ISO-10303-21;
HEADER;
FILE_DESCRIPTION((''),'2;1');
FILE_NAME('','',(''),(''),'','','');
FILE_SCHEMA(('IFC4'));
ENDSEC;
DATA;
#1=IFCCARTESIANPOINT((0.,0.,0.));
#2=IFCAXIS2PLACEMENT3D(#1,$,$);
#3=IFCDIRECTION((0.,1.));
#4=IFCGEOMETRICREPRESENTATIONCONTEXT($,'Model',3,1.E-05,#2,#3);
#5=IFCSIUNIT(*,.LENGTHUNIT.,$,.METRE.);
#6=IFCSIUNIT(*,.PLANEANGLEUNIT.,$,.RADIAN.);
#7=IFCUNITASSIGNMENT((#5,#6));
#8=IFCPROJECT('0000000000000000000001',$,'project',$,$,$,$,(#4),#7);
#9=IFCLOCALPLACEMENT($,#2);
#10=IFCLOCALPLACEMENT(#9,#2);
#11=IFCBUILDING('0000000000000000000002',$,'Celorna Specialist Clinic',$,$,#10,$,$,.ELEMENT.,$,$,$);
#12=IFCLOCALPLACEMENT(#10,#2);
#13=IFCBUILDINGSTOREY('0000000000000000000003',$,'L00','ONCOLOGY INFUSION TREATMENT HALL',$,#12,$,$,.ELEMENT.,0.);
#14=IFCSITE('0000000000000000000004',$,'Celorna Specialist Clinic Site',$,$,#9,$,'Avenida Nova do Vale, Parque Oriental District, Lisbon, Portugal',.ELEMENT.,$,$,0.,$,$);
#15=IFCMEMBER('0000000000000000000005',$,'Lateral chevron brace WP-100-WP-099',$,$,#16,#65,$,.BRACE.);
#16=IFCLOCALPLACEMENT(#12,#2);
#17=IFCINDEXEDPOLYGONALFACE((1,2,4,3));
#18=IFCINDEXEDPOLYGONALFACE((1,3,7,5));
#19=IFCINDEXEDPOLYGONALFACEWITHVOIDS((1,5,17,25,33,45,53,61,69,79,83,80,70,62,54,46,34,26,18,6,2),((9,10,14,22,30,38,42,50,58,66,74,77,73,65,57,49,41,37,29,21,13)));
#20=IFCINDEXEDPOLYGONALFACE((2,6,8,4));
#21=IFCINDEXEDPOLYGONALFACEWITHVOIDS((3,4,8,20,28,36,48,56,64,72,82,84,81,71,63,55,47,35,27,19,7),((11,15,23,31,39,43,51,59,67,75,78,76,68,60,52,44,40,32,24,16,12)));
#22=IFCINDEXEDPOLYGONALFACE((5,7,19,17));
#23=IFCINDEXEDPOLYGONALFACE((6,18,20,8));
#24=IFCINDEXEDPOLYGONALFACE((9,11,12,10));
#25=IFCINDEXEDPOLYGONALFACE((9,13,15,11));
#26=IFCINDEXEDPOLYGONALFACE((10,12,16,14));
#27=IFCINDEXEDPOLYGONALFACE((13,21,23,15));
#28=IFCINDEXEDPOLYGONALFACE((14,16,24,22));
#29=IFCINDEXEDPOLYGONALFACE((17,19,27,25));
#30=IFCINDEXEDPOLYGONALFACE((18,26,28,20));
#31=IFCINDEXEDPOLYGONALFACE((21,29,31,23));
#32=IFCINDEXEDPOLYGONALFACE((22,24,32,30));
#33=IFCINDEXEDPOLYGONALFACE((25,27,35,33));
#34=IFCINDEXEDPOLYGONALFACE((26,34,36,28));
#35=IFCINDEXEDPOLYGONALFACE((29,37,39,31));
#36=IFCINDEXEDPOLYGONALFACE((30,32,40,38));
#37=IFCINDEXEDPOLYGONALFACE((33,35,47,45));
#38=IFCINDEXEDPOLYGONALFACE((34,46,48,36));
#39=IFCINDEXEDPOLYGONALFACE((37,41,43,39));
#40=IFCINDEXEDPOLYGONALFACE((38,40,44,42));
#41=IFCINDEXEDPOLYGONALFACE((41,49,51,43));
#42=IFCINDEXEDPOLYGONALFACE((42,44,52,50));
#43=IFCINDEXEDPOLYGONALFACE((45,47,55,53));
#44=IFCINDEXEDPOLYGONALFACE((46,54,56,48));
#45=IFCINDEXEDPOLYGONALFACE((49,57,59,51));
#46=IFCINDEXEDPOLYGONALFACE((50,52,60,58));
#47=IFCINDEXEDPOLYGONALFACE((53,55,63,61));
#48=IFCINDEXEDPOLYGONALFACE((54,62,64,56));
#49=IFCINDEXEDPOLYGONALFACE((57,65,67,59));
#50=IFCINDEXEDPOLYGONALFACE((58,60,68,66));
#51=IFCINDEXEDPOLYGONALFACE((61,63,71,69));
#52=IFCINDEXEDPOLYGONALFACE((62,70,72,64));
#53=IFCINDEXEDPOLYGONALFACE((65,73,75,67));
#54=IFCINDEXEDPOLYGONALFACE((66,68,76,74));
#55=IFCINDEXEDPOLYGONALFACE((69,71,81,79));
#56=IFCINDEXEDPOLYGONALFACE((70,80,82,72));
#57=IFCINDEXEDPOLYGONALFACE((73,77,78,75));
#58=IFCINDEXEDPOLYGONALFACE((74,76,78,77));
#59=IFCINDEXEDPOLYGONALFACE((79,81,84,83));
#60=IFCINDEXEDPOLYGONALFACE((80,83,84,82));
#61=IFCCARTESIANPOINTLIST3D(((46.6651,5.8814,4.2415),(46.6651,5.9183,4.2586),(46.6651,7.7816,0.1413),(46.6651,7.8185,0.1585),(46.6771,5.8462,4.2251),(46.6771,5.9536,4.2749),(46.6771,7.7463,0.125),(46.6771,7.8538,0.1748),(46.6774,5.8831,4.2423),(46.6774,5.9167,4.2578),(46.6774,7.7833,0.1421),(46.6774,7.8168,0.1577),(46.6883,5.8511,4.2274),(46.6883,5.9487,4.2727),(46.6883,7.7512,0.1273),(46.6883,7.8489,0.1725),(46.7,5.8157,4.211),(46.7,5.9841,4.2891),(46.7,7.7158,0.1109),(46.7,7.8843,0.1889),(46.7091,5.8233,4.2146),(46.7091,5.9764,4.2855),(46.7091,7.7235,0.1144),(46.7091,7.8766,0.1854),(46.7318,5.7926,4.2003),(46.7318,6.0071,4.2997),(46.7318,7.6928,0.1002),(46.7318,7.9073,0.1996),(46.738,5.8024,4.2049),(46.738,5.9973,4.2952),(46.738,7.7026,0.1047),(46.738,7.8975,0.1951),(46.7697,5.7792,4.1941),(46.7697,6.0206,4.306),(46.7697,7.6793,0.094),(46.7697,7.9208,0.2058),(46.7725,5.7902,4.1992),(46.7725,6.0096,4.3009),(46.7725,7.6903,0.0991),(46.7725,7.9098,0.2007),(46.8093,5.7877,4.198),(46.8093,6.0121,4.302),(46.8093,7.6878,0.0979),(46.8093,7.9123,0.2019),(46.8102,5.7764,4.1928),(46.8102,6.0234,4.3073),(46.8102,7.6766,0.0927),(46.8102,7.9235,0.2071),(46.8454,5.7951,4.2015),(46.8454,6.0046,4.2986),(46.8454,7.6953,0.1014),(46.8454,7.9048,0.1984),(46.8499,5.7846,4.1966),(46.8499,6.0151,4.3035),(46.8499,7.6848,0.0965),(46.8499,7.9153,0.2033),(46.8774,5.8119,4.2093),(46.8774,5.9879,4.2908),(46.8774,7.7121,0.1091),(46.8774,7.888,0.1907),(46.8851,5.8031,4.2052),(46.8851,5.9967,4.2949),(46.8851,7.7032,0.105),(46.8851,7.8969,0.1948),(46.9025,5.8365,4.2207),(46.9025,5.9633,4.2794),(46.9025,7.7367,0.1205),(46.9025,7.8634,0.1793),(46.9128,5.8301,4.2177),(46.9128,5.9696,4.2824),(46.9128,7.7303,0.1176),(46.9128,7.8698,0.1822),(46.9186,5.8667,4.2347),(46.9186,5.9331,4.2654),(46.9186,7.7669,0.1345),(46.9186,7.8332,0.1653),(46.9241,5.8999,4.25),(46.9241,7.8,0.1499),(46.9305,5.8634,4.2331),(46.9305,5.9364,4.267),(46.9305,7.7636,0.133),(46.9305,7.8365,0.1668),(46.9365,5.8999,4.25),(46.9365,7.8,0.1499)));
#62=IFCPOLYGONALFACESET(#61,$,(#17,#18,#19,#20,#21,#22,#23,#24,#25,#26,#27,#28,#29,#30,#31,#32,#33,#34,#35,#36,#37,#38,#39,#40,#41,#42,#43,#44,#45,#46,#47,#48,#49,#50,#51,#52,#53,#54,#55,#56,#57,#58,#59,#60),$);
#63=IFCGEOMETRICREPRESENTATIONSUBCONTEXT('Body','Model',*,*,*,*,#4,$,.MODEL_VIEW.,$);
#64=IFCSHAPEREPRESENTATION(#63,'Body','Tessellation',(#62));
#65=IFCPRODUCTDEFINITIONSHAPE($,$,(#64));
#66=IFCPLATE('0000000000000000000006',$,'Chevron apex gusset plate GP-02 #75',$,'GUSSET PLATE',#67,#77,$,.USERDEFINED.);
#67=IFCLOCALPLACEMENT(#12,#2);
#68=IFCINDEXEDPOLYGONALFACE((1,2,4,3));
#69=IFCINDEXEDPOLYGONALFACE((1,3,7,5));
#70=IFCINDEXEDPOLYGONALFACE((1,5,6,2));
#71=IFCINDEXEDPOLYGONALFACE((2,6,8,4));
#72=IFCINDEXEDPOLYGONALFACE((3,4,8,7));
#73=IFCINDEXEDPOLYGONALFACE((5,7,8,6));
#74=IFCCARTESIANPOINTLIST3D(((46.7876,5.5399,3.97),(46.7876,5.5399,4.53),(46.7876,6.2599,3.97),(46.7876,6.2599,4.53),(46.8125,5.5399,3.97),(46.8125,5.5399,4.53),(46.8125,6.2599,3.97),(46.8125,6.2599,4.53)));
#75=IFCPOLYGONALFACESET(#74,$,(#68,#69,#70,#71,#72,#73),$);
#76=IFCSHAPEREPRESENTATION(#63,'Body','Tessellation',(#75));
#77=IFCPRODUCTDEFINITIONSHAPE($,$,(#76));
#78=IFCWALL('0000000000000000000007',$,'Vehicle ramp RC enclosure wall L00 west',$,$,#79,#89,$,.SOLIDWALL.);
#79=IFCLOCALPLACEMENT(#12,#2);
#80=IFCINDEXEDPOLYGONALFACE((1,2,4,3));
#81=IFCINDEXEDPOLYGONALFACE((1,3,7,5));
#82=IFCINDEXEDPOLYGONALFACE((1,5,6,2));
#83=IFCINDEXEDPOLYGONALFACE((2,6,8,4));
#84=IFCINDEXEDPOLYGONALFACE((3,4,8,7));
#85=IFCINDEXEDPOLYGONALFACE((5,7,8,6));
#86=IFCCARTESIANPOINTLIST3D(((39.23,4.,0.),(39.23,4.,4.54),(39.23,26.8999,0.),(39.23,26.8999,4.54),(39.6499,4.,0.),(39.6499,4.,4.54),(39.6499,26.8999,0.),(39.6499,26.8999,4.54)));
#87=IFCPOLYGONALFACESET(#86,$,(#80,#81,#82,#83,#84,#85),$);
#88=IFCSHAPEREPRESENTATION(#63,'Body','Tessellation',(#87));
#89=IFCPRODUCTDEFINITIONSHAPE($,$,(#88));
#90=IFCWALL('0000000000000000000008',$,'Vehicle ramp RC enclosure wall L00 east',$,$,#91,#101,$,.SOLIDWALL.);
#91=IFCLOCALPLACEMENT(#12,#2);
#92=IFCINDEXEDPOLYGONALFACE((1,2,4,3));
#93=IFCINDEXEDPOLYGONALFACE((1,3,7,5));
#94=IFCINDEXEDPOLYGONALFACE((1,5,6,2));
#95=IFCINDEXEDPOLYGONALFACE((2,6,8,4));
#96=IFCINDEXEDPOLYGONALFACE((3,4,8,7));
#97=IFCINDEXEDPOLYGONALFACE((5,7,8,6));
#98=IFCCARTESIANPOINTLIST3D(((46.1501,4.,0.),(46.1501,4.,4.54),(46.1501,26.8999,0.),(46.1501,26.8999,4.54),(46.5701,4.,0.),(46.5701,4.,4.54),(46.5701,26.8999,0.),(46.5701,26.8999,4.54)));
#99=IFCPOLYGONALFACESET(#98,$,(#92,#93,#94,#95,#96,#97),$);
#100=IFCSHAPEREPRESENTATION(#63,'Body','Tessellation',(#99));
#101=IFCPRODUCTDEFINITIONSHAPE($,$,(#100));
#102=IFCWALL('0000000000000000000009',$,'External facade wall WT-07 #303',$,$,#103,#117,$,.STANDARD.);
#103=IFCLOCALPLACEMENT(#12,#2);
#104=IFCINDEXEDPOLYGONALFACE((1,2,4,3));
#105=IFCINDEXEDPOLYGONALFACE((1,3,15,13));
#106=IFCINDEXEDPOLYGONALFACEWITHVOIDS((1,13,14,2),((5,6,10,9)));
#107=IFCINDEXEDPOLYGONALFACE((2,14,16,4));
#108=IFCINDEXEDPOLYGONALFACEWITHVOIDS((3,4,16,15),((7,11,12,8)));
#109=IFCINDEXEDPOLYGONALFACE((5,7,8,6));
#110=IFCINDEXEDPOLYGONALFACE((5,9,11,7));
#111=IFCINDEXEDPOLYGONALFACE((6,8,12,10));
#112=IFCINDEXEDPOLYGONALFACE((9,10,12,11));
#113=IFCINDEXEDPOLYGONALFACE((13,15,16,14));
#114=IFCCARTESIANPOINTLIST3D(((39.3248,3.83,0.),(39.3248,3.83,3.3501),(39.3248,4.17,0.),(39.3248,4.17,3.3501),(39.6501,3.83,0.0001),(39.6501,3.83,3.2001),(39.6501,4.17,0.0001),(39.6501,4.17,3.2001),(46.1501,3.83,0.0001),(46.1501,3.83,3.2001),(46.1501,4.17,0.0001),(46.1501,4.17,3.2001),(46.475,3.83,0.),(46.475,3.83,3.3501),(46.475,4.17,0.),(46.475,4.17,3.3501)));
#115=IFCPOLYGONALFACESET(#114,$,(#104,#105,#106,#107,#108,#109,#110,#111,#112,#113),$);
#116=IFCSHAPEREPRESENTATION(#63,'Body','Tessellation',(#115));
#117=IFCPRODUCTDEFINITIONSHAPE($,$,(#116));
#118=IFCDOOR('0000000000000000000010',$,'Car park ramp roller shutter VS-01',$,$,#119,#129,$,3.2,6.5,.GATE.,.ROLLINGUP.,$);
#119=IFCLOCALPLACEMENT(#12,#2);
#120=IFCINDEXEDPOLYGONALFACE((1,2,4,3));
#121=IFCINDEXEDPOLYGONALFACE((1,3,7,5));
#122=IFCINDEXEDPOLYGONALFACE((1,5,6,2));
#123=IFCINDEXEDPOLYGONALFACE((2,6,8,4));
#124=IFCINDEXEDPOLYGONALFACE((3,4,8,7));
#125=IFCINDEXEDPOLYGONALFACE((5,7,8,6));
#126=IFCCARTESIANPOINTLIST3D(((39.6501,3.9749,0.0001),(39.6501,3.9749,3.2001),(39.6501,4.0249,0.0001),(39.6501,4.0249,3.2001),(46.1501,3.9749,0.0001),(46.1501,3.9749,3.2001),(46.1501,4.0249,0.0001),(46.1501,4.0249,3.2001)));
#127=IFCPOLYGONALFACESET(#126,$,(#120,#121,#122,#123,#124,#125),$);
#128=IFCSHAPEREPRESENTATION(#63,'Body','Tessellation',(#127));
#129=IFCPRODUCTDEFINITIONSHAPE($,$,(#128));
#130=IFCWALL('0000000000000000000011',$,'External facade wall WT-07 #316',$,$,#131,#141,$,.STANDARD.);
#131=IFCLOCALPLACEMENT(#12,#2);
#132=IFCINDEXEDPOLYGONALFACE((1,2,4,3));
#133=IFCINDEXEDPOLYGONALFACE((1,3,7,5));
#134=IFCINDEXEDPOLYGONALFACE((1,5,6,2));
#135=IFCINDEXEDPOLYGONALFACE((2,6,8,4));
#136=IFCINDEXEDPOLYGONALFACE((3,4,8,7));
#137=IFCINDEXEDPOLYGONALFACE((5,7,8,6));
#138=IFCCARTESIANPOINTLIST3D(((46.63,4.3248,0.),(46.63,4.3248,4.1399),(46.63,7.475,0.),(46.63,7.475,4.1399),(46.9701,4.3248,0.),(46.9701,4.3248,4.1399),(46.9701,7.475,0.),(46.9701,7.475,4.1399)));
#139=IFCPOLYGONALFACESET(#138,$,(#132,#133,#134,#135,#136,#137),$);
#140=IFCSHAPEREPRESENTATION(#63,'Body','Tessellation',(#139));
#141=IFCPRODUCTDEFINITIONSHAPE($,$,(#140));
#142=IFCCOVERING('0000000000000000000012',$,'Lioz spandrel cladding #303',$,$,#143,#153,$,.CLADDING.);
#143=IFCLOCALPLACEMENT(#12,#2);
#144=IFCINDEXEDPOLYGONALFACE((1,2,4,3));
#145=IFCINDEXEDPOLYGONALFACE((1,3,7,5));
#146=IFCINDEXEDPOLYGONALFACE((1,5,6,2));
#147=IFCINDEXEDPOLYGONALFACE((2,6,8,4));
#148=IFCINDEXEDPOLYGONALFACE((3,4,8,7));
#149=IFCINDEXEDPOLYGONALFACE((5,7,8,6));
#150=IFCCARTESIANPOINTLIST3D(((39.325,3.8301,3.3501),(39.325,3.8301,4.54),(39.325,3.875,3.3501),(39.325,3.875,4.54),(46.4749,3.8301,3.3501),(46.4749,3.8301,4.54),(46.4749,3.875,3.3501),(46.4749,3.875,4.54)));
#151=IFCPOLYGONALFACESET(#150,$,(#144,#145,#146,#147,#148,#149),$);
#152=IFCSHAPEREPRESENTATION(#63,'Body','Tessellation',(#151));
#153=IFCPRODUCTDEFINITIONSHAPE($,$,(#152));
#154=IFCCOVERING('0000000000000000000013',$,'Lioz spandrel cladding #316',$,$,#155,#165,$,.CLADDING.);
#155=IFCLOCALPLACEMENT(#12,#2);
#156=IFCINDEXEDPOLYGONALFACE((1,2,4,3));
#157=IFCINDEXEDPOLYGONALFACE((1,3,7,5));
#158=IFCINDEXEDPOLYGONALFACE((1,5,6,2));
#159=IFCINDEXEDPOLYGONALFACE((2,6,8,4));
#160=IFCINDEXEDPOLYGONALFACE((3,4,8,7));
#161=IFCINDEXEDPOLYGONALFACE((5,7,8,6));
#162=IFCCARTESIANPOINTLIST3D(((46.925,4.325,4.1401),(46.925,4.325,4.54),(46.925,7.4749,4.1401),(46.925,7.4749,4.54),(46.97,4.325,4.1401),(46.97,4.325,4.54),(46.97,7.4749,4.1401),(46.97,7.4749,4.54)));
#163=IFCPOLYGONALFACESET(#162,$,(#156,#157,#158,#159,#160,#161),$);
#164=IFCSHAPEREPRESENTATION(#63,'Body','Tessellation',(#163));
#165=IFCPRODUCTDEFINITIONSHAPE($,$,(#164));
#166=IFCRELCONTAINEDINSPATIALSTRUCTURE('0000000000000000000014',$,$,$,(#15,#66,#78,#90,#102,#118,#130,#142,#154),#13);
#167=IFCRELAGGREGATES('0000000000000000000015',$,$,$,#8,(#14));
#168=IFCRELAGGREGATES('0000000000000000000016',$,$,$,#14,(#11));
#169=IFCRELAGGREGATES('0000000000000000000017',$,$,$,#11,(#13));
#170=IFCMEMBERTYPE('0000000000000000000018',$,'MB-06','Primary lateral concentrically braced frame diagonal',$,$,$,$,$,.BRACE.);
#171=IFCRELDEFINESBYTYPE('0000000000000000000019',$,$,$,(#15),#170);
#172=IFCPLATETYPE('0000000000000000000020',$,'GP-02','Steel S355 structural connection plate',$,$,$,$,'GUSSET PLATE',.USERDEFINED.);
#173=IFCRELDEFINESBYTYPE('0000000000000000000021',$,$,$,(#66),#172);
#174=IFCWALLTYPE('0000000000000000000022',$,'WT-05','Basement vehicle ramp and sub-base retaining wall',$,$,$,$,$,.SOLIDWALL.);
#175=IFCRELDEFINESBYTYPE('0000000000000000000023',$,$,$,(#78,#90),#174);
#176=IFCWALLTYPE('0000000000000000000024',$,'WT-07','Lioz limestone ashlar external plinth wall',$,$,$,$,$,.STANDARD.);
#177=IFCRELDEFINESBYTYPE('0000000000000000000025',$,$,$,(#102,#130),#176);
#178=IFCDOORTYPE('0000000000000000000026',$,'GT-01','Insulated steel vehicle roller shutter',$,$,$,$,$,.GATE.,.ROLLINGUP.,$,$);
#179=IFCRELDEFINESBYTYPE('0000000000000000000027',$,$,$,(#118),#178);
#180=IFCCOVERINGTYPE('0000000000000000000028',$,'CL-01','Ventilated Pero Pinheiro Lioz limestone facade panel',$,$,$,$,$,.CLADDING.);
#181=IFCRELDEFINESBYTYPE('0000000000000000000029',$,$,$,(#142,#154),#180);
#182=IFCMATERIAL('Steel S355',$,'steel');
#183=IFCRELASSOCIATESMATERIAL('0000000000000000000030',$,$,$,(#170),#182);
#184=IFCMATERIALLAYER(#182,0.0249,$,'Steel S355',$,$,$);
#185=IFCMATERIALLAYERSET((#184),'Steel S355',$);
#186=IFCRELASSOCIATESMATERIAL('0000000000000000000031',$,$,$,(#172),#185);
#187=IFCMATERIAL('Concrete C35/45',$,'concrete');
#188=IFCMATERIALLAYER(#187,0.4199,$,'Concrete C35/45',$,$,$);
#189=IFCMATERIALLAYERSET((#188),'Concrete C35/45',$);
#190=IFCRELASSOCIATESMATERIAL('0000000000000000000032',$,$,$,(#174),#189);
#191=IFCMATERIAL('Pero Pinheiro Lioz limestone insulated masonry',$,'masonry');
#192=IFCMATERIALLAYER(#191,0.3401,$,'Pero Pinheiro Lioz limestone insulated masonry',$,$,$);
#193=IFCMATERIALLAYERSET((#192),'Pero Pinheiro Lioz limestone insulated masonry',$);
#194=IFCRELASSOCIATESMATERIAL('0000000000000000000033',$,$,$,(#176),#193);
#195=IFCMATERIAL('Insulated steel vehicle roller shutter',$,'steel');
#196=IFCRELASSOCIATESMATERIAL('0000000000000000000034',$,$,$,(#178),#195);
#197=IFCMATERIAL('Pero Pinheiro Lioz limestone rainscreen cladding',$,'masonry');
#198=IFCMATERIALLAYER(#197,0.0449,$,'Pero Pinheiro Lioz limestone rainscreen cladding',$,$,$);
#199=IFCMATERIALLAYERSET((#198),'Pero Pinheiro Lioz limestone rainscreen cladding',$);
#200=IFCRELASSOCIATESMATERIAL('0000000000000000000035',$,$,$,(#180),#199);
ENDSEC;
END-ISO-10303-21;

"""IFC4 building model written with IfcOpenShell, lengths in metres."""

from ifc_helpers import new_model, si_unit, direction, frame, frame_2d, origin, origin_2d, place, context, subcontext, project, spatial, rectangle, hollow_circle, extrude, material, layer, layer_set, material_profile, profile_set, type_object, element, fill, save


model = new_model("IFC4")

# Units and contexts
model_context = context("Model", 3, precision=1e-05, world=origin(), true_north=direction((0.0, 1.0)))
body_context = subcontext(model_context, "Body", "Model", "MODEL_VIEW")
ifc_project = project(units=[si_unit("LENGTHUNIT", "METRE"), si_unit("PLANEANGLEUNIT", "RADIAN")], contexts=[model_context])

# Site, building, storey
site_placement = place(None, origin())
site = spatial("IfcSite", under=ifc_project, at=site_placement, Name="Celorna Specialist Clinic Site", LongName="Avenida Nova do Vale, Parque Oriental District, Lisbon, Portugal", CompositionType="ELEMENT", RefElevation=0.0)
building_placement = place(site_placement, origin())
building = spatial("IfcBuilding", under=site, at=building_placement, Name="Celorna Specialist Clinic", CompositionType="ELEMENT")
storey_placement = place(building_placement, origin())
storey = spatial("IfcBuildingStorey", under=building, at=storey_placement, Name="L00", Description="ONCOLOGY INFUSION TREATMENT HALL", CompositionType="ELEMENT", Elevation=0.0)

# Shared definitions
ifc_material_1 = material(Name="Steel S355", Category="steel")

# Shared definitions
ifc_material_2 = material(Name="Concrete C35/45", Category="concrete")

# Member
ifc_material_profile_1 = material_profile(ifc_material_1, hollow_circle(Radius=0.1365, WallThickness=0.0125, at=origin_2d()), Name="CHS 273x12.5")
ifc_profile_set_1 = profile_set([ifc_material_profile_1], Name="Steel S355")
member_type = type_object("IfcMemberType", Name="MB-06", Description="Primary lateral concentrically braced frame diagonal", PredefinedType="BRACE", material=ifc_profile_set_1)
member_1_placement = place(storey_placement, frame((46.8, 7.8, 0.1499), z_axis=(0.0, -0.420479, 0.907302), x_axis=(1.0, 0.0, 0.0)))
element("IfcMember", 1, at=member_1_placement, inside=storey, type_object=member_type, Name="Lateral chevron brace WP-100-WP-099", PredefinedType="BRACE", context=body_context, shape_type="SweptSolid", body=[
    extrude(hollow_circle(Radius=0.1365, WallThickness=0.0125, at=origin_2d()), origin(), (0.0, 0.0, 1.0), 4.519),
])

# Plate
ifc_layer_1 = layer(ifc_material_1, 0.0249, Name="Steel S355")
ifc_layer_set_1 = layer_set([ifc_layer_1], Name="Steel S355")
plate_type = type_object("IfcPlateType", Name="GP-02", Description="Steel S355 structural connection plate", ElementType="GUSSET PLATE", PredefinedType="USERDEFINED", material=ifc_layer_set_1)
plate_placement = place(storey_placement, frame((46.8, 5.8999, 3.97), z_axis=(0.0, 0.0, 1.0), x_axis=(0.0, 1.0, 0.0)))
element("IfcPlate", 2, at=plate_placement, inside=storey, type_object=plate_type, Name="Chevron apex gusset plate GP-02 #75", ObjectType="GUSSET PLATE", PredefinedType="USERDEFINED", context=body_context, shape_type="SweptSolid", body=[
    extrude(rectangle(XDim=0.72, YDim=0.0249, at=origin_2d()), origin(), (0.0, 0.0, 1.0), 0.5601),
])

# Walls
ifc_layer_2 = layer(ifc_material_2, 0.4199, Name="Concrete C35/45")
ifc_layer_set_2 = layer_set([ifc_layer_2], Name="Concrete C35/45")
wall_type_1 = type_object("IfcWallType", Name="WT-05", Description="Basement vehicle ramp and sub-base retaining wall", PredefinedType="SOLIDWALL", material=ifc_layer_set_2)
for number, where, z_axis, x_axis, name in (
    (3, (39.4399, 4.0, 0.0), (0.0, 0.0, 1.0), (0.0, 1.0, 0.0), "Vehicle ramp RC enclosure wall L00 west"),
    (4, (46.3601, 4.0, 0.0), (0.0, 0.0, 1.0), (0.0, 1.0, 0.0), "Vehicle ramp RC enclosure wall L00 east"),
):
    element("IfcWall", number, at=place(storey_placement, frame(where, z_axis=z_axis, x_axis=x_axis)), inside=storey, type_object=wall_type_1, Name=name, PredefinedType="SOLIDWALL", context=body_context, shape_type="SweptSolid", body=[
        extrude(rectangle(XDim=22.8999, YDim=0.4199, at=frame_2d((11.45, 0.0))), origin(), (0.0, 0.0, 1.0), 4.54),
    ])

# Wall, opening, door
ifc_material_3 = material(Name="Pero Pinheiro Lioz limestone insulated masonry", Category="masonry")
ifc_layer_3 = layer(ifc_material_3, 0.3401, Name="Pero Pinheiro Lioz limestone insulated masonry")
ifc_layer_set_3 = layer_set([ifc_layer_3], Name="Pero Pinheiro Lioz limestone insulated masonry")
wall_type_2 = type_object("IfcWallType", Name="WT-07", Description="Lioz limestone ashlar external plinth wall", PredefinedType="STANDARD", material=ifc_layer_set_3)
wall_1_placement = place(storey_placement, frame((46.4751, 4.0, 0.0), z_axis=(0.0, 0.0, 1.0), x_axis=(-1.0, 0.0, 0.0)))
wall_1 = element("IfcWall", 5, at=wall_1_placement, inside=storey, type_object=wall_type_2, Name="External facade wall WT-07 #303", PredefinedType="STANDARD", context=body_context, shape_type="SweptSolid", body=[
    extrude(rectangle(XDim=7.1501, YDim=0.3401, at=frame_2d((3.5752, 0.0))), origin(), (0.0, 0.0, 1.0), 3.3501),
])
opening_placement = place(wall_1_placement, frame((0.325, 0.0, 0.0)))
opening = element("IfcOpeningElement", 6, at=opening_placement, cuts=wall_1, PredefinedType="OPENING", context=body_context, shape_type="SweptSolid", body=[
    extrude(rectangle(XDim=6.5, YDim=3.2, at=frame_2d((3.25, 1.6001))), frame((0.0, 0.1799, 0.0), z_axis=(0.0, -1.0, 0.0), x_axis=(1.0, 0.0, 0.0)), (0.0, 0.0, 1.0), 0.3601),
])
ifc_material_4 = material(Name="Insulated steel vehicle roller shutter", Category="steel")
door_type = type_object("IfcDoorType", Name="GT-01", Description="Insulated steel vehicle roller shutter", OperationType="ROLLINGUP", PredefinedType="GATE", material=ifc_material_4)
door_placement = place(opening_placement, frame((6.5, 0.0, 0.0), z_axis=(0.0, 0.0, 1.0), x_axis=(-1.0, 0.0, 0.0)))
door = element("IfcDoor", 7, at=door_placement, inside=storey, type_object=door_type, Name="Car park ramp roller shutter VS-01", OperationType="ROLLINGUP", OverallHeight=3.2, OverallWidth=6.5, PredefinedType="GATE", context=body_context, shape_type="SweptSolid", body=[
    extrude(rectangle(XDim=6.5, YDim=3.2, at=frame_2d((3.25, 1.6001))), frame((0.0, 0.0249, 0.0), z_axis=(0.0, -1.0, 0.0), x_axis=(1.0, 0.0, 0.0)), (0.0, 0.0, 1.0), 0.05),
])
fill(opening, door)

# Wall
wall_2_placement = place(storey_placement, frame((46.8, 7.4751, 0.0), z_axis=(0.0, 0.0, 1.0), x_axis=(0.0, -1.0, 0.0)))
element("IfcWall", 8, at=wall_2_placement, inside=storey, type_object=wall_type_2, Name="External facade wall WT-07 #316", PredefinedType="STANDARD", context=body_context, shape_type="SweptSolid", body=[
    extrude(rectangle(XDim=3.1501, YDim=0.3401, at=frame_2d((1.5752, 0.0))), origin(), (0.0, 0.0, 1.0), 4.1399),
])

# Coverings
ifc_material_5 = material(Name="Pero Pinheiro Lioz limestone rainscreen cladding", Category="masonry")
ifc_layer_4 = layer(ifc_material_5, 0.0449, Name="Pero Pinheiro Lioz limestone rainscreen cladding")
ifc_layer_set_4 = layer_set([ifc_layer_4], Name="Pero Pinheiro Lioz limestone rainscreen cladding")
covering_type = type_object("IfcCoveringType", Name="CL-01", Description="Ventilated Pero Pinheiro Lioz limestone facade panel", PredefinedType="CLADDING", material=ifc_layer_set_4)
covering_1_placement = place(storey_placement, frame((42.8999, 3.8525, 3.3501), z_axis=(0.0, 0.0, 1.0), x_axis=(-1.0, 0.0, 0.0)))
element("IfcCovering", 9, at=covering_1_placement, inside=storey, type_object=covering_type, Name="Lioz spandrel cladding #303", PredefinedType="CLADDING", context=body_context, shape_type="SweptSolid", body=[
    extrude(rectangle(XDim=7.1499, YDim=0.0449, at=origin_2d()), origin(), (0.0, 0.0, 1.0), 1.1899),
])
covering_2_placement = place(storey_placement, frame((46.9475, 5.8999, 4.1401), z_axis=(0.0, 0.0, 1.0), x_axis=(0.0, -1.0, 0.0)))
element("IfcCovering", 10, at=covering_2_placement, inside=storey, type_object=covering_type, Name="Lioz spandrel cladding #316", PredefinedType="CLADDING", context=body_context, shape_type="SweptSolid", body=[
    extrude(rectangle(XDim=3.1499, YDim=0.0449, at=origin_2d()), origin(), (0.0, 0.0, 1.0), 0.3999),
])

save(model, "model.ifc")
